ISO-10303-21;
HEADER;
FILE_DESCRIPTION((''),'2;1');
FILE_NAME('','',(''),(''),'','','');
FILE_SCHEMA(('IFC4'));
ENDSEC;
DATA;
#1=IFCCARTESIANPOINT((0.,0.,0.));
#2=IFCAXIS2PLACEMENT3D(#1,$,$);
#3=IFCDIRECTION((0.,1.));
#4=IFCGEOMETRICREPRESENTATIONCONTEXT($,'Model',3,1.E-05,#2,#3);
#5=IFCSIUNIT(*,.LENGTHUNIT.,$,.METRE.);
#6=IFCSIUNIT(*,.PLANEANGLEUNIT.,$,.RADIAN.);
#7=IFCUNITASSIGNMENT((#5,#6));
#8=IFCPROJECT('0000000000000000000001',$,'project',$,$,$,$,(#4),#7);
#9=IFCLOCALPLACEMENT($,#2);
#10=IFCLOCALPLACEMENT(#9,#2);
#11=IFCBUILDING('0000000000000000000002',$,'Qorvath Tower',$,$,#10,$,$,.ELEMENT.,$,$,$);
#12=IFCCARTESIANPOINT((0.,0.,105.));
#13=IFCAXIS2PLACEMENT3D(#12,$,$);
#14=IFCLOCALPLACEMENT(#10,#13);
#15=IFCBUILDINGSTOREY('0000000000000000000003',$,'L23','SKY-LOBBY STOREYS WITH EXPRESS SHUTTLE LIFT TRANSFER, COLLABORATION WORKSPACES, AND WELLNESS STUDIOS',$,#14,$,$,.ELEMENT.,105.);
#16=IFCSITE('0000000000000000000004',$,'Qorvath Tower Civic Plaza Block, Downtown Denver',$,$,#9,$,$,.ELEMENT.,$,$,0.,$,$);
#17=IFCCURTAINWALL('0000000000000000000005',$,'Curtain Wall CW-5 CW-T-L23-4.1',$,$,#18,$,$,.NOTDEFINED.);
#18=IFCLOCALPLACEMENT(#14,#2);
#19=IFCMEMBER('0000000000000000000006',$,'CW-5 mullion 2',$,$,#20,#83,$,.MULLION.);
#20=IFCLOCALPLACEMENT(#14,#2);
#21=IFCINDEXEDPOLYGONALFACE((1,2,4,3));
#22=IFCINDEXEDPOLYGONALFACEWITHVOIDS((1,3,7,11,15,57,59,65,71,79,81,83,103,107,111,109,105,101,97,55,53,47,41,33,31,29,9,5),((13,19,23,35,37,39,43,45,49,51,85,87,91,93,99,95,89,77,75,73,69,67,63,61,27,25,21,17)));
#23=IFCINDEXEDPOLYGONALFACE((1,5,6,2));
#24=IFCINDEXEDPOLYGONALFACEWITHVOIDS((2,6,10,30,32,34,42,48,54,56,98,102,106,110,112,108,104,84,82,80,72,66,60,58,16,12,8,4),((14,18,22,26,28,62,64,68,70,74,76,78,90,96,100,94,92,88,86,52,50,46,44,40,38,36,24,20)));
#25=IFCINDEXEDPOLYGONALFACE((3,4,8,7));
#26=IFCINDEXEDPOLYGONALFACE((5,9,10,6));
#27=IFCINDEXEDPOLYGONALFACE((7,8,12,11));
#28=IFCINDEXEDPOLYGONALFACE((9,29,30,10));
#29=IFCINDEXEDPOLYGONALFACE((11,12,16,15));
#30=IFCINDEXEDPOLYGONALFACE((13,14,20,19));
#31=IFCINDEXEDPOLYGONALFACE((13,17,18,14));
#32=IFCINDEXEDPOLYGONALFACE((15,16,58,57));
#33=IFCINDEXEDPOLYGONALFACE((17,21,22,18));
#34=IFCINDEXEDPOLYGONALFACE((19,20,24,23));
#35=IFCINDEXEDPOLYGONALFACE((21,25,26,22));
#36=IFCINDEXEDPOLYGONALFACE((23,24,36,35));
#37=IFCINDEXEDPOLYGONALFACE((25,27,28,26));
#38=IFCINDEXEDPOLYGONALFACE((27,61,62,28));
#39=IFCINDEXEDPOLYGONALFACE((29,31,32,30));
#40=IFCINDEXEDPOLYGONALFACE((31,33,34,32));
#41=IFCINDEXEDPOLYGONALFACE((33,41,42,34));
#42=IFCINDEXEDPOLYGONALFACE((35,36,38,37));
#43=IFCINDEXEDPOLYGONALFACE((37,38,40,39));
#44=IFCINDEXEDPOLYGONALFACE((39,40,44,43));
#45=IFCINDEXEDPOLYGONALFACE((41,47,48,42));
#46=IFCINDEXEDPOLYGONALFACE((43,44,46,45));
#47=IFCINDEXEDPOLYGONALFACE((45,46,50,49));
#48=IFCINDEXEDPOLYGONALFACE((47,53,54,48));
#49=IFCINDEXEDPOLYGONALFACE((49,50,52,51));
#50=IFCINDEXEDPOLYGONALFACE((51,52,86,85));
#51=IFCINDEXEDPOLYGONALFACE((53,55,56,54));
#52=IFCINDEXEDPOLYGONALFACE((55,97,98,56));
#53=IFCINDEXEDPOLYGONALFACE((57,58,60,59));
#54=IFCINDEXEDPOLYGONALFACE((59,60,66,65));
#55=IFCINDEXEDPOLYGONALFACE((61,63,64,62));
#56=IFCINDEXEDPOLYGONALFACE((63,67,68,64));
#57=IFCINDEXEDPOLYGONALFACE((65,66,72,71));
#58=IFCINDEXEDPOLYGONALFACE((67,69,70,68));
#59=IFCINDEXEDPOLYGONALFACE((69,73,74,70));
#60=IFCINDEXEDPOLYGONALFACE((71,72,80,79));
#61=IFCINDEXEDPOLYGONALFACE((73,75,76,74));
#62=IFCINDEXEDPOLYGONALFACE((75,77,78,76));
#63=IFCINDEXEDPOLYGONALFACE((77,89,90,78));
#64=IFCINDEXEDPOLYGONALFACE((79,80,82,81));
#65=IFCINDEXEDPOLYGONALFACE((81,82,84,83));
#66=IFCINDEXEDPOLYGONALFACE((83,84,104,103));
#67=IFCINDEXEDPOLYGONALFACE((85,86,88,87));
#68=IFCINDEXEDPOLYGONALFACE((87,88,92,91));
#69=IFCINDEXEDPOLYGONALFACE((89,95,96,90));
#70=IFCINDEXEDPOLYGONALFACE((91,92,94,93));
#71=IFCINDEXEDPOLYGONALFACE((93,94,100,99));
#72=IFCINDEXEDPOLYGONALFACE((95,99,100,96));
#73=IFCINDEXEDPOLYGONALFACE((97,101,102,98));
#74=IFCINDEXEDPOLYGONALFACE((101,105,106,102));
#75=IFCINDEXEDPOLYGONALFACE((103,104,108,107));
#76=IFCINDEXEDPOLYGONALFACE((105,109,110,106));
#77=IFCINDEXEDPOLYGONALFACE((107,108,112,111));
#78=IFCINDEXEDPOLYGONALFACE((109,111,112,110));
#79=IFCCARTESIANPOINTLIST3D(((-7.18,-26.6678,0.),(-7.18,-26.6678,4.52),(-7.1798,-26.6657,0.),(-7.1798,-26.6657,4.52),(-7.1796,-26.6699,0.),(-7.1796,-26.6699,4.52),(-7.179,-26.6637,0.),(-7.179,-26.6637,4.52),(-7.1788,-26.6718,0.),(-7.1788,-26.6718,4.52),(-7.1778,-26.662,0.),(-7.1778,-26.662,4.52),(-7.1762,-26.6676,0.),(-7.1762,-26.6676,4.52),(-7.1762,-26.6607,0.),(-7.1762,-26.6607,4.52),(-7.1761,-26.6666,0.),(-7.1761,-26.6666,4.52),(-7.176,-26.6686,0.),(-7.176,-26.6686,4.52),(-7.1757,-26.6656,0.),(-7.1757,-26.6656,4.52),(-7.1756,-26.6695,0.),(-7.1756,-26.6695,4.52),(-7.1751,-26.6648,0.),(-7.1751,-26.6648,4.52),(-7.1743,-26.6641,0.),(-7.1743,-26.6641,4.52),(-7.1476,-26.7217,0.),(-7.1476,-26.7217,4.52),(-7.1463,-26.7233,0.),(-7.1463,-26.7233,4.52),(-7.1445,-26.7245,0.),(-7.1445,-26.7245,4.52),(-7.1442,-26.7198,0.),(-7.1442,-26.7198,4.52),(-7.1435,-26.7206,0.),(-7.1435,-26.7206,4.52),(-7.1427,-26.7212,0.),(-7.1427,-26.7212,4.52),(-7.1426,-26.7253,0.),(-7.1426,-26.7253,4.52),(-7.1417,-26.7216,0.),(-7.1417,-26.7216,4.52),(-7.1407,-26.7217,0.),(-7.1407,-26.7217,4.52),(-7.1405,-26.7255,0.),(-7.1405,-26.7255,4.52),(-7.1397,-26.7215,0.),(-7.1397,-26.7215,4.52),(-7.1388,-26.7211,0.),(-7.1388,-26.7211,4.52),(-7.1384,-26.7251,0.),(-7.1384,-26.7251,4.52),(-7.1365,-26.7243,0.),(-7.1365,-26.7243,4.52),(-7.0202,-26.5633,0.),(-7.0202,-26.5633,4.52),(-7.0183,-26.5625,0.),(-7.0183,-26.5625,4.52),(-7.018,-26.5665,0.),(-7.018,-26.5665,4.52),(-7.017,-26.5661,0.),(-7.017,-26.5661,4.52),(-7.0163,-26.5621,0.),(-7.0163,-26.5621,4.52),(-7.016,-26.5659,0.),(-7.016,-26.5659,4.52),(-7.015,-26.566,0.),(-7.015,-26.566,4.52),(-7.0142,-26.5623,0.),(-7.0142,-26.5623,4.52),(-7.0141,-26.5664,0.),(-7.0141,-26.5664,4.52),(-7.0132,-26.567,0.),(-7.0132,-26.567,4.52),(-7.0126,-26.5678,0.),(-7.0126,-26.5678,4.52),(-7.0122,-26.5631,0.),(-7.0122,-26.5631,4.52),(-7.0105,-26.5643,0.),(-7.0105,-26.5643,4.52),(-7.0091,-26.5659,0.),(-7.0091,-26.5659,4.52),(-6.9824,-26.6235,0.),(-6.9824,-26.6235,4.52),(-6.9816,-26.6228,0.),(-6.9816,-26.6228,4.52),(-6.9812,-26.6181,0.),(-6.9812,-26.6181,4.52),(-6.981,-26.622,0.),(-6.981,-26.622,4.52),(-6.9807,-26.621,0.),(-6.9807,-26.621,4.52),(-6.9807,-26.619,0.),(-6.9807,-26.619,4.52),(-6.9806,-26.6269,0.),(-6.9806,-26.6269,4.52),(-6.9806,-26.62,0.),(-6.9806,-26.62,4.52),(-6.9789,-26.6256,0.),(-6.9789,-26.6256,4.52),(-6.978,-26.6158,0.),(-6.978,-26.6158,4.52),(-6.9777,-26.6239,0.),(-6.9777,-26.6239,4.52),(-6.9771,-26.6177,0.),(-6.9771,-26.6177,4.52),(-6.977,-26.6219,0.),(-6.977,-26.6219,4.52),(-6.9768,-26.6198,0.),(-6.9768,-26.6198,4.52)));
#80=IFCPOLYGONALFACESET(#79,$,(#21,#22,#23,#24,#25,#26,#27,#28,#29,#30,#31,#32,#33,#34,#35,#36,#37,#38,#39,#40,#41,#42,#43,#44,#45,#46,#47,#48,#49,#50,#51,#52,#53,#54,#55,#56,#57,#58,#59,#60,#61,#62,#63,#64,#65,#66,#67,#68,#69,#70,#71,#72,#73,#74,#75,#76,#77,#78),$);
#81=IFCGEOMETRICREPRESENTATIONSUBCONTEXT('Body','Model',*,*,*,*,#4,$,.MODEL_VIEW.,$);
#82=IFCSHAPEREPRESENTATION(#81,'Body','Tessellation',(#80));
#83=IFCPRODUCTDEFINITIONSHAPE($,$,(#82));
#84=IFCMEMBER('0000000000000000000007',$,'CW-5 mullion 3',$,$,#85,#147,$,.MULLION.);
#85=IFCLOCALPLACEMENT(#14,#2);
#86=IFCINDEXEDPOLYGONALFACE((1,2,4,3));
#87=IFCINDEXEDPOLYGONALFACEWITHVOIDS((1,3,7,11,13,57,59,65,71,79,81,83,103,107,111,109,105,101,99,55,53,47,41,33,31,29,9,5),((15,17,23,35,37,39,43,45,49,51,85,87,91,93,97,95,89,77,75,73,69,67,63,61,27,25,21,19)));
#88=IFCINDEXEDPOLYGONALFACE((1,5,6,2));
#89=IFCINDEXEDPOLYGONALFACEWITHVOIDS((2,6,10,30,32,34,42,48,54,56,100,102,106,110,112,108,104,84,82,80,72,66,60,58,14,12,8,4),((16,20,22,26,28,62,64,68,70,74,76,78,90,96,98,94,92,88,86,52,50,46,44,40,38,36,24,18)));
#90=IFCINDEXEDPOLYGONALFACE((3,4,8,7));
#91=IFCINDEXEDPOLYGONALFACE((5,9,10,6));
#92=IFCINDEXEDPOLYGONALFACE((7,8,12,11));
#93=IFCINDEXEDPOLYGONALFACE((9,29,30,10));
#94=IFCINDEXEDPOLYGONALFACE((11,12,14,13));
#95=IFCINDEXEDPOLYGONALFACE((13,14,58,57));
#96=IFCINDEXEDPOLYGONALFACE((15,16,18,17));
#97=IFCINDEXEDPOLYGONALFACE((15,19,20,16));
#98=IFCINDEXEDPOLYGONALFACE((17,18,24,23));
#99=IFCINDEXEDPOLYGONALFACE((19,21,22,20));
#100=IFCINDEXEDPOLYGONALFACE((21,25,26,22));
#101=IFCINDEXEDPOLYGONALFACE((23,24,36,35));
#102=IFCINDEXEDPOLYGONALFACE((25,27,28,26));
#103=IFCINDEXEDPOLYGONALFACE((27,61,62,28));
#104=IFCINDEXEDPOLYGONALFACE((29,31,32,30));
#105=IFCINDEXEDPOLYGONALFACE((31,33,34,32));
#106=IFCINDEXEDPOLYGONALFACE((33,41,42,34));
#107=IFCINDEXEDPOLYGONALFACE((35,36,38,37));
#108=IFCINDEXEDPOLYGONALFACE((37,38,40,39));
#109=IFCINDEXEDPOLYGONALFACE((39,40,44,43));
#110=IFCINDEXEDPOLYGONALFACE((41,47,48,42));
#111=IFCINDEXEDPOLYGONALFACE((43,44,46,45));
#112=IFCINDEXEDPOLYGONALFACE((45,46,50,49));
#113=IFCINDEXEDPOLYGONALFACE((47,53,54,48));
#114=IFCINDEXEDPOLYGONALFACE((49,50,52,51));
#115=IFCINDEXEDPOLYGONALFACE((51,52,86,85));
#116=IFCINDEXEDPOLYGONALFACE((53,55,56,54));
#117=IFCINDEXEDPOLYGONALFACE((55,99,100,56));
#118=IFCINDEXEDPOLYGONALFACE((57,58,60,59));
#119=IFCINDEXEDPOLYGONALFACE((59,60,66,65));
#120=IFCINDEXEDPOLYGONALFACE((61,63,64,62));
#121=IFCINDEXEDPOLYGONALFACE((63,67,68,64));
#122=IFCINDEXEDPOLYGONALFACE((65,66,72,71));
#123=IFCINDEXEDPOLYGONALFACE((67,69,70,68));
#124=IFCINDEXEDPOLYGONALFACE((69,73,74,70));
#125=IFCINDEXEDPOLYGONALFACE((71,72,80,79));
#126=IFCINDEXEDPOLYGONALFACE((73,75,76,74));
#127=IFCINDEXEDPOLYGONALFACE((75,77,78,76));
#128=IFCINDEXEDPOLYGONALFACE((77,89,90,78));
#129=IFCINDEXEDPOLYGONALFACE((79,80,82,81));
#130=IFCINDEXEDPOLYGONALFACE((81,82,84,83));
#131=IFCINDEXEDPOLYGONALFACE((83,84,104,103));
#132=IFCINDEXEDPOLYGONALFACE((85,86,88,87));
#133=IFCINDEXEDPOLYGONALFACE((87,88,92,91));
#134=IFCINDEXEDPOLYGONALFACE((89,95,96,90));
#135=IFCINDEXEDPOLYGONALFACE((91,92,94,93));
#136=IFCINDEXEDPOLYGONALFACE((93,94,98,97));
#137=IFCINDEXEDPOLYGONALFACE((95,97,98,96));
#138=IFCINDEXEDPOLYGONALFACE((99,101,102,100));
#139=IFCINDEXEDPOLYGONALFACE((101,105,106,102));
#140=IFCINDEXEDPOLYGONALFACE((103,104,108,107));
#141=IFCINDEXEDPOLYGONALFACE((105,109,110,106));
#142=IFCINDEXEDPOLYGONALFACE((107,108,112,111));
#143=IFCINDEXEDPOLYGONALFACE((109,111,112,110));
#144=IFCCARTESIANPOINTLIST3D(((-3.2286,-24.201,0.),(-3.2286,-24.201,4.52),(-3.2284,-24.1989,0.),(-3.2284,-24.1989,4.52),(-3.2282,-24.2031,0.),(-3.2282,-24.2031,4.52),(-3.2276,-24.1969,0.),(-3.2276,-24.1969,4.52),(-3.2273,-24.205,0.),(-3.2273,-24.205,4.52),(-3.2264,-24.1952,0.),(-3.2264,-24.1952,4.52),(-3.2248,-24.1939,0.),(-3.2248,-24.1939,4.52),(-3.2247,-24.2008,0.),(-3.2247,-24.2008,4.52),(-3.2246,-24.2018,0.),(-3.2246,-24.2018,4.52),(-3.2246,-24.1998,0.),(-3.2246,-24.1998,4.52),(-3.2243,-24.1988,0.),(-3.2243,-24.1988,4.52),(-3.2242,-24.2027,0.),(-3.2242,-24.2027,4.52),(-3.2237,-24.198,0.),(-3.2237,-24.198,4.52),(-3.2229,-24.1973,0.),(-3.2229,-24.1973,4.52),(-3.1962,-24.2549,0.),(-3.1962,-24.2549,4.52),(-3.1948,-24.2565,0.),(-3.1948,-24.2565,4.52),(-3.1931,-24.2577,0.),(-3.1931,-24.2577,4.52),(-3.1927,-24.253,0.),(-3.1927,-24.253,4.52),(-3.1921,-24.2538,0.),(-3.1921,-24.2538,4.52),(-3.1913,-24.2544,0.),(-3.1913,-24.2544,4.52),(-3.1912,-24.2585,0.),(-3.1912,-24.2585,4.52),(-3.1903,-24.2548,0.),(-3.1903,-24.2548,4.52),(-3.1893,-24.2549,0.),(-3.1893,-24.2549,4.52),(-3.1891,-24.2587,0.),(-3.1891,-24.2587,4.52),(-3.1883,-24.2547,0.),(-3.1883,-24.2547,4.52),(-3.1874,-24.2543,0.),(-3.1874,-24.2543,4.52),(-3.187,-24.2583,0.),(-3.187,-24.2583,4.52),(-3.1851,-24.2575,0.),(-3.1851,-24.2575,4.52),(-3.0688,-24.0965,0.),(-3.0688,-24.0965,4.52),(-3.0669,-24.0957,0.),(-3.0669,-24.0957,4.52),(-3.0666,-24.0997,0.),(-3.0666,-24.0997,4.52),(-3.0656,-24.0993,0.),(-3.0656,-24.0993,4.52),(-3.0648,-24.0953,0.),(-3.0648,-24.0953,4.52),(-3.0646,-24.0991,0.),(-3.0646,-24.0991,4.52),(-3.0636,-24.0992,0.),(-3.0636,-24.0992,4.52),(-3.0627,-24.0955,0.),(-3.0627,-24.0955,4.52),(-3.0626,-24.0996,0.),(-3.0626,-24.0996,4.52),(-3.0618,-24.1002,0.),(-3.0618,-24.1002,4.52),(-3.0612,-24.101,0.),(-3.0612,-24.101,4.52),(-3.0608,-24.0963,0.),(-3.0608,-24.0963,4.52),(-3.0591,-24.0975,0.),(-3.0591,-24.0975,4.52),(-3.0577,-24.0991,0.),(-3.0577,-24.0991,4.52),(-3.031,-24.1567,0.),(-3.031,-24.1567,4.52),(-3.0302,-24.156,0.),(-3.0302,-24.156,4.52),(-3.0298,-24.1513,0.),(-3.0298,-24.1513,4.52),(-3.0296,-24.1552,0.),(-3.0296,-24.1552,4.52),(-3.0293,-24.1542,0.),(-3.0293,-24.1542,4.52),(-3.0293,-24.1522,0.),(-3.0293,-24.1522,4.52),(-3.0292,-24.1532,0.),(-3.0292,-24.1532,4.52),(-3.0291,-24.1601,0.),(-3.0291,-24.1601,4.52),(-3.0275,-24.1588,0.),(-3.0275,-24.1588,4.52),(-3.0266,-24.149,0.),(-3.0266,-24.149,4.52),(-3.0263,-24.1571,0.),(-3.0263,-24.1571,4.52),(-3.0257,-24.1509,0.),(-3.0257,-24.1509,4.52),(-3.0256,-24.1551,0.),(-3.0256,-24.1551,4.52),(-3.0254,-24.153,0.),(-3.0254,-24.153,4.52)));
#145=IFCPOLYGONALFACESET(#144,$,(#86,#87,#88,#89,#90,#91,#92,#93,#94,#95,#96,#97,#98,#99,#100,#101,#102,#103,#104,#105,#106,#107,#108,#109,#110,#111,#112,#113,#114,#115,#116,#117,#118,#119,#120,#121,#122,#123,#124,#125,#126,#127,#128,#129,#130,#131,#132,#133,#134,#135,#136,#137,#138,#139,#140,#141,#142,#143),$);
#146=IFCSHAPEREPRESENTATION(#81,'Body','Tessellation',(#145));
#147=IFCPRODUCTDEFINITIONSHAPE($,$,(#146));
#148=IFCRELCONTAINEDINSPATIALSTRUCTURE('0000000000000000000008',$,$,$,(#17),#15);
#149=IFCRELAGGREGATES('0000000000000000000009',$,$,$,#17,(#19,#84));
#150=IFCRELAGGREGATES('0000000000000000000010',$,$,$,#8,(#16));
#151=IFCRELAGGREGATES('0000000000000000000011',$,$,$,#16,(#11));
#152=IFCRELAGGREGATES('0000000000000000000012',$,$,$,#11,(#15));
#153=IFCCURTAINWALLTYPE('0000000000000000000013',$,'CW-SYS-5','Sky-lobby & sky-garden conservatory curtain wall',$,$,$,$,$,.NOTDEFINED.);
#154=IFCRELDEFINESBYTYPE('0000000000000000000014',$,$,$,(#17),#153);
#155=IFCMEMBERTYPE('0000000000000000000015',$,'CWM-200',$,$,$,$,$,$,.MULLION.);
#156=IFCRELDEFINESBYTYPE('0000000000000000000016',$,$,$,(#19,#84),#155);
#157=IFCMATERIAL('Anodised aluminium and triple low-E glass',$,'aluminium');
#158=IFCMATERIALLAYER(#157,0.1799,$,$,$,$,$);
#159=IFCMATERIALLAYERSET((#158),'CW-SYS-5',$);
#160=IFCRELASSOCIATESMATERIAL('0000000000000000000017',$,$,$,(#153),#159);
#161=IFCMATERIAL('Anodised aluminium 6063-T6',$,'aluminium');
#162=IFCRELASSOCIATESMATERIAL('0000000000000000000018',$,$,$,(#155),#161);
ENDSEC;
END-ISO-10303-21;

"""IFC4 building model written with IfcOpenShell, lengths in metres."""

from ifc_helpers import new_model, si_unit, direction, frame, origin, origin_2d, place, context, subcontext, project, spatial, hollow_rectangle, extrude, material, layer, layer_set, material_profile, profile_set, type_object, element, aggregate, save


model = new_model("IFC4")

# Units and contexts
model_context = context("Model", 3, precision=1e-05, world=origin(), true_north=direction((0.0, 1.0)))
body_context = subcontext(model_context, "Body", "Model", "MODEL_VIEW")
ifc_project = project(units=[si_unit("LENGTHUNIT", "METRE"), si_unit("PLANEANGLEUNIT", "RADIAN")], contexts=[model_context])

# Site, building, storey
site_placement = place(None, origin())
site = spatial("IfcSite", under=ifc_project, at=site_placement, Name="Qorvath Tower Civic Plaza Block, Downtown Denver", CompositionType="ELEMENT", RefElevation=0.0)
building_placement = place(site_placement, origin())
building = spatial("IfcBuilding", under=site, at=building_placement, Name="Qorvath Tower", CompositionType="ELEMENT")
storey_placement = place(building_placement, frame((0.0, 0.0, 105.0)))
storey = spatial("IfcBuildingStorey", under=building, at=storey_placement, Name="L23", Description="SKY-LOBBY STOREYS WITH EXPRESS SHUTTLE LIFT TRANSFER, COLLABORATION WORKSPACES, AND WELLNESS STUDIOS", CompositionType="ELEMENT", Elevation=105.0)

# Shared definitions
ifc_material_1 = material(Name="Anodised aluminium and triple low-E glass", Category="aluminium")
ifc_layer_1 = layer(ifc_material_1, 0.1799)
ifc_layer_set_1 = layer_set([ifc_layer_1], Name="CW-SYS-5")
curtain_wall_type = type_object("IfcCurtainWallType", Name="CW-SYS-5", Description="Sky-lobby & sky-garden conservatory curtain wall", PredefinedType="NOTDEFINED", material=ifc_layer_set_1)
ifc_material_2 = material(Name="Anodised aluminium 6063-T6", Category="aluminium")
ifc_material_profile_1 = material_profile(ifc_material_2, hollow_rectangle(XDim=0.075, YDim=0.2, WallThickness=0.0039, InnerFilletRadius=0.0039, OuterFilletRadius=0.0081, at=origin_2d()), Name="CWM 200x75")
ifc_profile_set_1 = profile_set([ifc_material_profile_1], Name="Anodised aluminium 6063-T6")
member_type_1 = type_object("IfcMemberType", Name="CWM-200", PredefinedType="MULLION", material=ifc_profile_set_1)

# Curtain wall, members
curtain_wall_1_placement = place(storey_placement, origin())
curtain_wall_1 = element("IfcCurtainWall", 1, at=curtain_wall_1_placement, inside=storey, type_object=curtain_wall_type, Name="Curtain Wall CW-5 CW-T-L23-4.1", PredefinedType="NOTDEFINED")
member_1_placement = place(storey_placement, frame((-7.0784, -26.6438, 0.0), z_axis=(0.0, 0.0, 1.0), x_axis=(-0.529584, 0.848257, 0.0)))
member_1 = element("IfcMember", 2, at=member_1_placement, type_object=member_type_1, Name="CW-5 mullion 2", PredefinedType="MULLION", context=body_context, shape_type="SweptSolid", body=[
    extrude(hollow_rectangle(XDim=0.075, YDim=0.2, WallThickness=0.0039, InnerFilletRadius=0.0039, OuterFilletRadius=0.0081, at=origin_2d()), origin(), (0.0, 0.0, 1.0), 4.52),
])
member_2_placement = place(storey_placement, frame((-3.127, -24.177, 0.0), z_axis=(0.0, 0.0, 1.0), x_axis=(-0.529584, 0.848257, 0.0)))
member_2 = element("IfcMember", 3, at=member_2_placement, type_object=member_type_1, Name="CW-5 mullion 3", PredefinedType="MULLION", context=body_context, shape_type="SweptSolid", body=[
    extrude(hollow_rectangle(XDim=0.075, YDim=0.2, WallThickness=0.0039, InnerFilletRadius=0.0039, OuterFilletRadius=0.0081, at=origin_2d()), origin(), (0.0, 0.0, 1.0), 4.52),
])

aggregate(curtain_wall_1, [member_1, member_2])

save(model, "model.ifc")
